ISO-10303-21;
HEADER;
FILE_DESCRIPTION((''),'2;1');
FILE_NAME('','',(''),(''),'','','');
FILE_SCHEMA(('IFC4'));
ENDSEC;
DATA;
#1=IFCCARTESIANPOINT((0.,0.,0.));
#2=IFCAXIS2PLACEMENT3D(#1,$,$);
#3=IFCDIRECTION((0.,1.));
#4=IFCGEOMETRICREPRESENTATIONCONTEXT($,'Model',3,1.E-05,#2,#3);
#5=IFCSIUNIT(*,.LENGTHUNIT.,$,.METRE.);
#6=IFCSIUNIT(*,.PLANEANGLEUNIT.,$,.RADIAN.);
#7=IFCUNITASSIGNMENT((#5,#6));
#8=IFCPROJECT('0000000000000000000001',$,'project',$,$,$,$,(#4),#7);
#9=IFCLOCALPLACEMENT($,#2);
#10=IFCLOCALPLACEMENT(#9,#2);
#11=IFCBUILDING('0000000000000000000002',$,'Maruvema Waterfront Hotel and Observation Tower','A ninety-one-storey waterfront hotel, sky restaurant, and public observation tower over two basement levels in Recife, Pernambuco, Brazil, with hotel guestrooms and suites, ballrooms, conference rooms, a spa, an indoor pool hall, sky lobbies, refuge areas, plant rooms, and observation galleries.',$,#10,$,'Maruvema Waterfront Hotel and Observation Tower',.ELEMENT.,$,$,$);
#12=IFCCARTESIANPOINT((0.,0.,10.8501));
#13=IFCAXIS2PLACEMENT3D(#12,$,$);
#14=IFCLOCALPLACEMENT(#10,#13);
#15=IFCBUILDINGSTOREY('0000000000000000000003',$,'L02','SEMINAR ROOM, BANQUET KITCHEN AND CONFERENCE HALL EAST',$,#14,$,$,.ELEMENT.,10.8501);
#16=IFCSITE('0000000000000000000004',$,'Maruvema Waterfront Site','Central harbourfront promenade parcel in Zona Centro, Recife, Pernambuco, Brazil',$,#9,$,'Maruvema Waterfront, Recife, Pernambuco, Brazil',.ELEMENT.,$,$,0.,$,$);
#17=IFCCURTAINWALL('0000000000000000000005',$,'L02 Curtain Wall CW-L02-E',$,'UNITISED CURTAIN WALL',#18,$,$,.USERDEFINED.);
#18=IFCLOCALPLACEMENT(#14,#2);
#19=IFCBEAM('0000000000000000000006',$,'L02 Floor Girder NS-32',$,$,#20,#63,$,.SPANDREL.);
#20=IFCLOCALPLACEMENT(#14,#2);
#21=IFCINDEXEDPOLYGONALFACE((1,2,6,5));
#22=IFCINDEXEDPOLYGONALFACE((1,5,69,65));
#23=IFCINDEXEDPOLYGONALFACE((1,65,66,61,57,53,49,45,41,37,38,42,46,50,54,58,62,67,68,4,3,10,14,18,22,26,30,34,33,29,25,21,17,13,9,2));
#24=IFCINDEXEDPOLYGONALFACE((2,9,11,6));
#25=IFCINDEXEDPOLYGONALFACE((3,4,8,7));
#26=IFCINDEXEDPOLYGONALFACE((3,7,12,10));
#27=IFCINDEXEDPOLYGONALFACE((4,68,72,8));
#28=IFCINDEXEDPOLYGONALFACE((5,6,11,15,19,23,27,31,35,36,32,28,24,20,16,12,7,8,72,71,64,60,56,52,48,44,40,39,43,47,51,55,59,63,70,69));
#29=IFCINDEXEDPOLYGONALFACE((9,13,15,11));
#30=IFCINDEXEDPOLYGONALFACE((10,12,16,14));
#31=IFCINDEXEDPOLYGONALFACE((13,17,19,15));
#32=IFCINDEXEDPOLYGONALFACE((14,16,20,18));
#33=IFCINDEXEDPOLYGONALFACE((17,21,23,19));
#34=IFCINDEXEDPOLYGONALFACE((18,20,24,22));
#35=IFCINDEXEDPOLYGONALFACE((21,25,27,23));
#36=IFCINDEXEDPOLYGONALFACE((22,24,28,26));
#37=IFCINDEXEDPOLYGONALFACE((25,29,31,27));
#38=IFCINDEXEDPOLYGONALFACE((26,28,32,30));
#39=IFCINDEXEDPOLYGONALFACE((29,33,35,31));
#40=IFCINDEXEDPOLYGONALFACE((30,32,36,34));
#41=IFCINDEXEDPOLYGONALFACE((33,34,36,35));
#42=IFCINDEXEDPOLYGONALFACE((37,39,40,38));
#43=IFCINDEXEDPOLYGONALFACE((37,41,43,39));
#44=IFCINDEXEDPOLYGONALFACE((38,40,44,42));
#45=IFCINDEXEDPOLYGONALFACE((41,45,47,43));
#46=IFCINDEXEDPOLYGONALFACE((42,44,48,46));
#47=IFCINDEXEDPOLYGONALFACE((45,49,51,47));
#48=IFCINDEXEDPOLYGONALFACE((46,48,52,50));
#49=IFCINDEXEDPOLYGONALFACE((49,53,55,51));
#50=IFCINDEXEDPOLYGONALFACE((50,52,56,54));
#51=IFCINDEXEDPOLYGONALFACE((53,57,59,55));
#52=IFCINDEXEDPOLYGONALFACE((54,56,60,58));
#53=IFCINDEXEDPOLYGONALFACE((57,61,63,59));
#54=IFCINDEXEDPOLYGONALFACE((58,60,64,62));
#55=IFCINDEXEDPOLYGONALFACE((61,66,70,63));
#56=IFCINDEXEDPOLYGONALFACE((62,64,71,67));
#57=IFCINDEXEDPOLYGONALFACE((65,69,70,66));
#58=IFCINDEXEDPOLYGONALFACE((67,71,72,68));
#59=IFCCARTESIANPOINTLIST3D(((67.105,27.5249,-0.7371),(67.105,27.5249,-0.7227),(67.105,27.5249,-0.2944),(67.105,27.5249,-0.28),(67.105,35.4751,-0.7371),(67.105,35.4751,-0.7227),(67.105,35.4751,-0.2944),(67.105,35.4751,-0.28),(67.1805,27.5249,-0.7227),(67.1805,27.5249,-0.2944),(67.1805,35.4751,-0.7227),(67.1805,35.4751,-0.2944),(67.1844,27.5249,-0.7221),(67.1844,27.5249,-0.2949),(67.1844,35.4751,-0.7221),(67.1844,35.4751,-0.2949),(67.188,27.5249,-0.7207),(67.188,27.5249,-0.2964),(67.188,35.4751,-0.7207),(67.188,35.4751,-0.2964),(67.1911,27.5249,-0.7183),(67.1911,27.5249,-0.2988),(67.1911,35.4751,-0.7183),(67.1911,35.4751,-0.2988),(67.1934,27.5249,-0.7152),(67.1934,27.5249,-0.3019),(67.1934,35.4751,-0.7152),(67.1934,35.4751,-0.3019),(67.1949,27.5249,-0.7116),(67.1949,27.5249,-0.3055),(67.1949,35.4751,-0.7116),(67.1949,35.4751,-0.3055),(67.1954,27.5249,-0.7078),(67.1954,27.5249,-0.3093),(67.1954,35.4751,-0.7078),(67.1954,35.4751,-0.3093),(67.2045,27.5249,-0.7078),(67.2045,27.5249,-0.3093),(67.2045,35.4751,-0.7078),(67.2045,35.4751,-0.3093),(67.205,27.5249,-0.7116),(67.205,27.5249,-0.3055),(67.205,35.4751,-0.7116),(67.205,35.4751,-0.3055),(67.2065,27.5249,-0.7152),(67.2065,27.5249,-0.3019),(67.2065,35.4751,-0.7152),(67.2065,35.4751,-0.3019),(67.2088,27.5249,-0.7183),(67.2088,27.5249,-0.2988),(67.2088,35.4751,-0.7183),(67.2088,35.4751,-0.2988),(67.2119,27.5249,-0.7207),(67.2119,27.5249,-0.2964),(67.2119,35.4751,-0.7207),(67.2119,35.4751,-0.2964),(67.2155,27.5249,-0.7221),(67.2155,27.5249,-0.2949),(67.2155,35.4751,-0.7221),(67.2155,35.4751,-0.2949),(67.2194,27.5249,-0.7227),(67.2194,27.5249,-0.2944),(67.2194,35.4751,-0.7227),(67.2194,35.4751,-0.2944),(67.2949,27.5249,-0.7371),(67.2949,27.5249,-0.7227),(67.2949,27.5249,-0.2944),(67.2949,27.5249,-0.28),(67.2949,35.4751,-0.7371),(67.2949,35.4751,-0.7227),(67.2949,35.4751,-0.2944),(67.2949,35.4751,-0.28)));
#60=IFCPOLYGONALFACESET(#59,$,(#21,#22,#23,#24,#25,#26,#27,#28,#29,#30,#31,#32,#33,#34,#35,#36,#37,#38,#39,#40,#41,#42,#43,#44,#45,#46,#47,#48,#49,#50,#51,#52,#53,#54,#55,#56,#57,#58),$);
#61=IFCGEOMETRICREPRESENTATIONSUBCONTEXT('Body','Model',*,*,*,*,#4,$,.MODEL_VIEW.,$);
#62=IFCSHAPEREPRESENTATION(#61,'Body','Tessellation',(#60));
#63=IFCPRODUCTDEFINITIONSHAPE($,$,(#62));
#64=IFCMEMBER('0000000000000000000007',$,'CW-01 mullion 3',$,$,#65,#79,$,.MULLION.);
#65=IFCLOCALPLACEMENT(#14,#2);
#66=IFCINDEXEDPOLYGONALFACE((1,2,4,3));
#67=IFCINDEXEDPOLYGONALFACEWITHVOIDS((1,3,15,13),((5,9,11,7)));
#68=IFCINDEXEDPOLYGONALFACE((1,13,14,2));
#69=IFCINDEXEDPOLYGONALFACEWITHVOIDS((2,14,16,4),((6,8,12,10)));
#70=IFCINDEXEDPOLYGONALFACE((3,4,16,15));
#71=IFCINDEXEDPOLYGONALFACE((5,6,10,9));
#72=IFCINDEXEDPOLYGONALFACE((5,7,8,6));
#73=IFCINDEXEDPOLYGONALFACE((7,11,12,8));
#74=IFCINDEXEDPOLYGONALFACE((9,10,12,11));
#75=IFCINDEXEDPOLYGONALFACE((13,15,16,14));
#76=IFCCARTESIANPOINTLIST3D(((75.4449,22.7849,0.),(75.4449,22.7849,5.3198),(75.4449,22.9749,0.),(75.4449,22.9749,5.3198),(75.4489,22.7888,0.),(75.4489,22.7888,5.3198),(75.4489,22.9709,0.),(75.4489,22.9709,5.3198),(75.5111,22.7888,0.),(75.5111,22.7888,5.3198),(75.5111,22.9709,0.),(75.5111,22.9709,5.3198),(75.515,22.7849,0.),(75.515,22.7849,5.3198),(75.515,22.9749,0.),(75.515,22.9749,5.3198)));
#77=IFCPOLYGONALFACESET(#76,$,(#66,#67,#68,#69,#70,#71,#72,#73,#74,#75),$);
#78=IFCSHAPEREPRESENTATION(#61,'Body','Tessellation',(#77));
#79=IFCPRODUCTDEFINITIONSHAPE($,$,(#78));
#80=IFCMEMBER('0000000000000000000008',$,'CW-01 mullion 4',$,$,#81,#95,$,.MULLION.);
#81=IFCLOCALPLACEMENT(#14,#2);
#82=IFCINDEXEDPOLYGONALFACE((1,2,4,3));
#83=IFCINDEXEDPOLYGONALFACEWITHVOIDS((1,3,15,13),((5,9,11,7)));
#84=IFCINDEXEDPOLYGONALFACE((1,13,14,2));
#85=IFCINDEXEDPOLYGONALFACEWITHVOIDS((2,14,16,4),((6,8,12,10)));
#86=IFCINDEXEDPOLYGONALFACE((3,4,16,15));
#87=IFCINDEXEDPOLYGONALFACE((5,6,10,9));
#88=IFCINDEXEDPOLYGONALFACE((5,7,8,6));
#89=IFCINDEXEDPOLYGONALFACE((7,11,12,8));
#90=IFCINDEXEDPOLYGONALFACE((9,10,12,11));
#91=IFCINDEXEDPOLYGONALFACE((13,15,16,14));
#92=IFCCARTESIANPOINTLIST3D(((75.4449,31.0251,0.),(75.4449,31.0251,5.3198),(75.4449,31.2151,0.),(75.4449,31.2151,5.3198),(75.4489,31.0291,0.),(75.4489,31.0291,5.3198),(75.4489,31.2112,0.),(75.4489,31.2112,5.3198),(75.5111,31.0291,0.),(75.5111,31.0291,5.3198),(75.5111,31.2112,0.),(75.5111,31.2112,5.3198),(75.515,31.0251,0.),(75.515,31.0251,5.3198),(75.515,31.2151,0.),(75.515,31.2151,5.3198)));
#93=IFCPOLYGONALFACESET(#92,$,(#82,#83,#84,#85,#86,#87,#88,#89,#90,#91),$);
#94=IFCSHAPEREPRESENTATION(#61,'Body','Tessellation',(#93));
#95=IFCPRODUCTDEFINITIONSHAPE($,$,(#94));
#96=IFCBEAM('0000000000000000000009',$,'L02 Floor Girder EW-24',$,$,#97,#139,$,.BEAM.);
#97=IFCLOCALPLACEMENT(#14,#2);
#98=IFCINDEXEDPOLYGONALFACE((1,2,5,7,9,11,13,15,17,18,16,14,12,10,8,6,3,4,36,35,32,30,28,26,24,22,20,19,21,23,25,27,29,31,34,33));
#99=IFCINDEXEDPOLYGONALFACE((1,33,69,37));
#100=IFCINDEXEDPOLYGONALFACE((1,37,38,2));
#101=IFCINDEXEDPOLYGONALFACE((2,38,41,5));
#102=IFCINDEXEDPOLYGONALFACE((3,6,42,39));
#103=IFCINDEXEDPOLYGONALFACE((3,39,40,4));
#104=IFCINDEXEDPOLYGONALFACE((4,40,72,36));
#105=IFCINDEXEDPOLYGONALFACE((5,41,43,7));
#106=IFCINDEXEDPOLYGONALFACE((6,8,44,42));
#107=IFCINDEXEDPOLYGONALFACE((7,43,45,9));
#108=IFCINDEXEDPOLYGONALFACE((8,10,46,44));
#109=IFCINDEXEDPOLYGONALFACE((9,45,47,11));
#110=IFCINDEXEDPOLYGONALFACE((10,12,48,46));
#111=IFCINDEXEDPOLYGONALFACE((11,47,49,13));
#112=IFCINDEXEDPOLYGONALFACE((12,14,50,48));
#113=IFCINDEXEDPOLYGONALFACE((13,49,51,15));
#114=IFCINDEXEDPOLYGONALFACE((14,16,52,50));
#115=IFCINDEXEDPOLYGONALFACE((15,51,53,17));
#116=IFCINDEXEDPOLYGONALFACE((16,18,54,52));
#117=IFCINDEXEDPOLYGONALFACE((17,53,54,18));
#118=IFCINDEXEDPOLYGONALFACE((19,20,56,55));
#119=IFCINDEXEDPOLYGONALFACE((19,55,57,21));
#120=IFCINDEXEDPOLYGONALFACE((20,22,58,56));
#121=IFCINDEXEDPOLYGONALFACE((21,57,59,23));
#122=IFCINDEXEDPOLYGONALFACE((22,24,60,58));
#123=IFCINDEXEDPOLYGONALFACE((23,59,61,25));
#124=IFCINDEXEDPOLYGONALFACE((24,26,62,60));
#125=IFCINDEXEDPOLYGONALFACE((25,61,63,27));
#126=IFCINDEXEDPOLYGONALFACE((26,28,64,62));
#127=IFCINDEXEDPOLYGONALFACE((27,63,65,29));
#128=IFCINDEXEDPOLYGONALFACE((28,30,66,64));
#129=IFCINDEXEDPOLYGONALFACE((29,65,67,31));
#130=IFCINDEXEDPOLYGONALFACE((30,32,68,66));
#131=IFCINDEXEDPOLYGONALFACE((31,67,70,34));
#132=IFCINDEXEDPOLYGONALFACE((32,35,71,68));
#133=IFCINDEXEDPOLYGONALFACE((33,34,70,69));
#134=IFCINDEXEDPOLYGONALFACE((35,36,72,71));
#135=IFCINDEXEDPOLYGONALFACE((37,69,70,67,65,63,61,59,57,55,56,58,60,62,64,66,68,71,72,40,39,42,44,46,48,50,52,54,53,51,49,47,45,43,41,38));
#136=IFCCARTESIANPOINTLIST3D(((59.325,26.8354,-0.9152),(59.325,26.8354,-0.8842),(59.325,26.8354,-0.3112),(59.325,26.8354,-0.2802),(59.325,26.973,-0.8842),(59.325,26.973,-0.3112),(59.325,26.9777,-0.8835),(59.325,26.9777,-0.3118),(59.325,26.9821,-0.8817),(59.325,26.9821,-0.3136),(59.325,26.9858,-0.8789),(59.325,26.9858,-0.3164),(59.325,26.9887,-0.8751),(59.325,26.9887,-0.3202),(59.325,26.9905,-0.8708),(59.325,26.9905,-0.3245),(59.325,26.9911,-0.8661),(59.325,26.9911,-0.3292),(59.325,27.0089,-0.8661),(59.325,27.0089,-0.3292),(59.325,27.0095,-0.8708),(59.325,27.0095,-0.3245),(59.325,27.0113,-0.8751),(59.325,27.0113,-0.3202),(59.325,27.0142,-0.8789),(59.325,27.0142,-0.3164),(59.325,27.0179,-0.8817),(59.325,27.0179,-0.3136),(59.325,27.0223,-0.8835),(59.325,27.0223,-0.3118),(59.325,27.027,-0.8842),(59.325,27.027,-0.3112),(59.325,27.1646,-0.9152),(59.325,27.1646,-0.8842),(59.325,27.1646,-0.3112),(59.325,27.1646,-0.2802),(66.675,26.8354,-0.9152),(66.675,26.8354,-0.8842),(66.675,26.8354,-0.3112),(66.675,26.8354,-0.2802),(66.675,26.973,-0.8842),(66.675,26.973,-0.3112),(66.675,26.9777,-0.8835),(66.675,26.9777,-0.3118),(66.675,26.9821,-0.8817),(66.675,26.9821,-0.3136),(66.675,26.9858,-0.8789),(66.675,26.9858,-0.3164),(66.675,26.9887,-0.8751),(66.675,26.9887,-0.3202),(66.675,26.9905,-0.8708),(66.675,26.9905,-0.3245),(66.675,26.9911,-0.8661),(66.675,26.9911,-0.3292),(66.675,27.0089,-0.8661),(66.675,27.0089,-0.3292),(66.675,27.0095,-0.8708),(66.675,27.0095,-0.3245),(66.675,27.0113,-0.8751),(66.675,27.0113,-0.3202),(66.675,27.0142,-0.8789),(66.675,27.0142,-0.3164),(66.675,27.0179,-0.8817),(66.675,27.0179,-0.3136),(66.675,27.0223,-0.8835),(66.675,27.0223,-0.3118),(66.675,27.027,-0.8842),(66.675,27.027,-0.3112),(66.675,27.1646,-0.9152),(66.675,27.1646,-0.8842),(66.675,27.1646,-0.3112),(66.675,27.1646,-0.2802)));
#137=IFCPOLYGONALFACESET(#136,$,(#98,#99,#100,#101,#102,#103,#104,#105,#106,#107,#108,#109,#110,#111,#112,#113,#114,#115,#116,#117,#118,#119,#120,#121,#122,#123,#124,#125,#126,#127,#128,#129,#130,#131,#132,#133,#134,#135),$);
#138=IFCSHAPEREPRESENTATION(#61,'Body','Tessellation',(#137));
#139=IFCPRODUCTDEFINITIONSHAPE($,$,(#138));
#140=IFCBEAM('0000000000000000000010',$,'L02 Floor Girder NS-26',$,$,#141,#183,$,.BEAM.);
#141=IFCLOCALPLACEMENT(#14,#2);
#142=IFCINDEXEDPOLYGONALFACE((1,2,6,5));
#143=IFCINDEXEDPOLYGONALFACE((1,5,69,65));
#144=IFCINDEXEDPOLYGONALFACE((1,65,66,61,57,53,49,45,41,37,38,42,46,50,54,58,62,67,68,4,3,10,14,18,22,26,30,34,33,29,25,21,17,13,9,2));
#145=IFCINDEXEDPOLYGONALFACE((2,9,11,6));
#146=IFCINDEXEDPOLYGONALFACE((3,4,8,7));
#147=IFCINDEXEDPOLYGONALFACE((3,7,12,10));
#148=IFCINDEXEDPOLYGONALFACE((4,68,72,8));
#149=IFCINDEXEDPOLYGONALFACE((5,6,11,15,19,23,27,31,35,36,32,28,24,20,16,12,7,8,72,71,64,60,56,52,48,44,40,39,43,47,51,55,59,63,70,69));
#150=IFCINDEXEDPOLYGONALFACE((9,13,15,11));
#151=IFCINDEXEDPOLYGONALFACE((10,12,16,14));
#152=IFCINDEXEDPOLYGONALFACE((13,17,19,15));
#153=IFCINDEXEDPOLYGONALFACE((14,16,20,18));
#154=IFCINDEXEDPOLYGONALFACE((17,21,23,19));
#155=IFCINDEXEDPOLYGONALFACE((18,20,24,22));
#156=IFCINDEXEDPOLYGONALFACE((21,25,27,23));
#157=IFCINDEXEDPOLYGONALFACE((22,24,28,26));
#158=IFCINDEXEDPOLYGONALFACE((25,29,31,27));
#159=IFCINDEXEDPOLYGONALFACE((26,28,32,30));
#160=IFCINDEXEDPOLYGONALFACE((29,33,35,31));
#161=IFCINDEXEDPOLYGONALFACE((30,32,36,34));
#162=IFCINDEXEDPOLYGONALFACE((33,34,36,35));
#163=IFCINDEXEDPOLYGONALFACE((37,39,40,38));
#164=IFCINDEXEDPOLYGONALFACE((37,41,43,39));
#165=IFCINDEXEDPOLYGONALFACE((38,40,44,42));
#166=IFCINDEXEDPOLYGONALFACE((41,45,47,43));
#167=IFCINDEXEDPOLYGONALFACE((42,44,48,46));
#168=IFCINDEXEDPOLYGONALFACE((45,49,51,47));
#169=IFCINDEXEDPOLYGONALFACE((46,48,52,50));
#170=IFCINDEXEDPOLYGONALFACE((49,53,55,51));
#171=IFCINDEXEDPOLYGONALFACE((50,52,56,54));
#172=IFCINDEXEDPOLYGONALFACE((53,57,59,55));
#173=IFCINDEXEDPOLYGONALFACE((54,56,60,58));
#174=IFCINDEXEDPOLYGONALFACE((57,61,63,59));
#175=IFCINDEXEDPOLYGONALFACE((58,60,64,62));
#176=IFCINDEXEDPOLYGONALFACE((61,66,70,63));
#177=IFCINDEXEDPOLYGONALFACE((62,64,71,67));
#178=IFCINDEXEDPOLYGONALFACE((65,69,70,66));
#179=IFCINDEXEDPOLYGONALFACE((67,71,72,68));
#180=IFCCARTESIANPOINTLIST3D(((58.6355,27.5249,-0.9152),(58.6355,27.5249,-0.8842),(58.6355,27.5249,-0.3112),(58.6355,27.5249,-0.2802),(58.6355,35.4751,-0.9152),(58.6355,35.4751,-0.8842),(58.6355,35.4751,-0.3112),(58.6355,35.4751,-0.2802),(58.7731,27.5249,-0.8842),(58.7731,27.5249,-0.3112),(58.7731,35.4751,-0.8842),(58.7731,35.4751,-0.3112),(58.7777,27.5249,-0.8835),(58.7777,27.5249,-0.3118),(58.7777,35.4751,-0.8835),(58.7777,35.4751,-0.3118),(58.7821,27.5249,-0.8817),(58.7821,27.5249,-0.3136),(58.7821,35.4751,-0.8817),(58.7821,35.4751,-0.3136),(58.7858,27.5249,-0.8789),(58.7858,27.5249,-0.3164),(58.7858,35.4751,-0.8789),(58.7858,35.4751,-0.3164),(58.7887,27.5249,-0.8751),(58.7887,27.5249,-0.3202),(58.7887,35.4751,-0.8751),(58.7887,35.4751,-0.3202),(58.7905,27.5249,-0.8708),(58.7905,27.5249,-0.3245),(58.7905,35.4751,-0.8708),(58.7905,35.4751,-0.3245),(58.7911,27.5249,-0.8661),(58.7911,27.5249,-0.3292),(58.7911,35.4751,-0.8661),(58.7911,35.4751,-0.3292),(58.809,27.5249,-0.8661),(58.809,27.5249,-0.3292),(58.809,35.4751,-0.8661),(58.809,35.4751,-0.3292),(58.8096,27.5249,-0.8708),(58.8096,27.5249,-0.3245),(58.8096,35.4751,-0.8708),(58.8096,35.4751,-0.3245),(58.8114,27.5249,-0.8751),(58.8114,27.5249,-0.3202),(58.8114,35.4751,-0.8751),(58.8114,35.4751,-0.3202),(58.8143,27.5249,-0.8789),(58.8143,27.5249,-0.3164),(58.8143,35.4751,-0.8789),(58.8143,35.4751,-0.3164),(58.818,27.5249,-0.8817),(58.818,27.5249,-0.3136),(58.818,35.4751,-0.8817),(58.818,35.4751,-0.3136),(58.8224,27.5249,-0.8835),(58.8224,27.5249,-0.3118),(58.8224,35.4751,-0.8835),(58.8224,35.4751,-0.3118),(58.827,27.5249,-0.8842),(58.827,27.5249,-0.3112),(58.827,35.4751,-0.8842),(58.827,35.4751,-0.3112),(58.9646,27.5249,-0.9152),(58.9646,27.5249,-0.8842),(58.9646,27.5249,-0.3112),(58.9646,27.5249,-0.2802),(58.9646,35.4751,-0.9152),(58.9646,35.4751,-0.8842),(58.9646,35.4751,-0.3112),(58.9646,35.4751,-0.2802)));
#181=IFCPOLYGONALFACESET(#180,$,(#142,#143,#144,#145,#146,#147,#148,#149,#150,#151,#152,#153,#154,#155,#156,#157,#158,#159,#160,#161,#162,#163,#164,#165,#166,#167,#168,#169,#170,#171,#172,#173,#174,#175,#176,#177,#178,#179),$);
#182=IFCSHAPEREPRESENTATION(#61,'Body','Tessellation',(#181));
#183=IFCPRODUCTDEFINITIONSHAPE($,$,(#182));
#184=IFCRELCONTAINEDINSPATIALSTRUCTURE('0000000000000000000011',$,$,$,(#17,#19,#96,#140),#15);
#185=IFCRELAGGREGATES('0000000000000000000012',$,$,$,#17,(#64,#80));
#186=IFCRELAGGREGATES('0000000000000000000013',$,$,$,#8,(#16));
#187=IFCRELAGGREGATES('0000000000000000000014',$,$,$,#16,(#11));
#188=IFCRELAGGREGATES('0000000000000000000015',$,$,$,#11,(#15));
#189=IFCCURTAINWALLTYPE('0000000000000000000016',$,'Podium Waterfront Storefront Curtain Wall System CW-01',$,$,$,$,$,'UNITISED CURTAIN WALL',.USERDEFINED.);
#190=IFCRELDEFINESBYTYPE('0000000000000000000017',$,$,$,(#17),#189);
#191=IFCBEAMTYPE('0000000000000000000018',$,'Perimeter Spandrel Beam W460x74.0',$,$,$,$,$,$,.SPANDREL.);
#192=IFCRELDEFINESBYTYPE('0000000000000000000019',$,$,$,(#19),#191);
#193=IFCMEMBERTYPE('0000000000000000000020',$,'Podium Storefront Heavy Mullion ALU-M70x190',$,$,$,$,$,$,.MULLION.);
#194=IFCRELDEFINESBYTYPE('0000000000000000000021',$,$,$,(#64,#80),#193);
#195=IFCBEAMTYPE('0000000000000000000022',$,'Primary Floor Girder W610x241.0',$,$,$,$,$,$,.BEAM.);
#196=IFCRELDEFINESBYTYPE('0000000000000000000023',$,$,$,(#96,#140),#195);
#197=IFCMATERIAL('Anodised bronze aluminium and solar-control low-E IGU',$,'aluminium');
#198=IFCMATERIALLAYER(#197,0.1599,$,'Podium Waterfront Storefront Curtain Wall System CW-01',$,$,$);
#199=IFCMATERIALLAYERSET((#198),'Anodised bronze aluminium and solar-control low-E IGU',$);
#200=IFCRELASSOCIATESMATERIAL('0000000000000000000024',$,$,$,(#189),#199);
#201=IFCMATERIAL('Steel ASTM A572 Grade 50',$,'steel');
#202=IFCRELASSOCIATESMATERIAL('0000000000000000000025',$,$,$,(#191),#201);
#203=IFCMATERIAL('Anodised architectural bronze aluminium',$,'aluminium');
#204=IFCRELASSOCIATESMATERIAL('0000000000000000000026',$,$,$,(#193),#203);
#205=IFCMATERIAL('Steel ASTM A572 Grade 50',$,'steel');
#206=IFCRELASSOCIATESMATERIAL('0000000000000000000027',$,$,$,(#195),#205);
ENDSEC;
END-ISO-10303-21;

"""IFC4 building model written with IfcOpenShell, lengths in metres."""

from ifc_helpers import new_model, si_unit, direction, frame, origin, origin_2d, place, context, subcontext, project, spatial, hollow_rectangle, i_section, extrude, material, layer, layer_set, material_profile, profile_set, type_object, element, aggregate, save


model = new_model("IFC4")

# Units and contexts
model_context = context("Model", 3, precision=1e-05, world=origin(), true_north=direction((0.0, 1.0)))
body_context = subcontext(model_context, "Body", "Model", "MODEL_VIEW")
ifc_project = project(units=[si_unit("LENGTHUNIT", "METRE"), si_unit("PLANEANGLEUNIT", "RADIAN")], contexts=[model_context])

# Site, building, storey
site_placement = place(None, origin())
site = spatial("IfcSite", under=ifc_project, at=site_placement, Name="Maruvema Waterfront Site", Description="Central harbourfront promenade parcel in Zona Centro, Recife, Pernambuco, Brazil", LongName="Maruvema Waterfront, Recife, Pernambuco, Brazil", CompositionType="ELEMENT", RefElevation=0.0)
building_placement = place(site_placement, origin())
building = spatial("IfcBuilding", under=site, at=building_placement, Name="Maruvema Waterfront Hotel and Observation Tower", Description="A ninety-one-storey waterfront hotel, sky restaurant, and public observation tower over two basement levels in Recife, Pernambuco, Brazil, with hotel guestrooms and suites, ballrooms, conference rooms, a spa, an indoor pool hall, sky lobbies, refuge areas, plant rooms, and observation galleries.", LongName="Maruvema Waterfront Hotel and Observation Tower", CompositionType="ELEMENT")
storey_placement = place(building_placement, frame((0.0, 0.0, 10.8501)))
storey = spatial("IfcBuildingStorey", under=building, at=storey_placement, Name="L02", Description="SEMINAR ROOM, BANQUET KITCHEN AND CONFERENCE HALL EAST", CompositionType="ELEMENT", Elevation=10.8501)

# Curtain wall
ifc_material_1 = material(Name="Anodised bronze aluminium and solar-control low-E IGU", Category="aluminium")
ifc_layer_1 = layer(ifc_material_1, 0.1599, Name="Podium Waterfront Storefront Curtain Wall System CW-01")
ifc_layer_set_1 = layer_set([ifc_layer_1], Name="Anodised bronze aluminium and solar-control low-E IGU")
curtain_wall_type = type_object("IfcCurtainWallType", Name="Podium Waterfront Storefront Curtain Wall System CW-01", ElementType="UNITISED CURTAIN WALL", PredefinedType="USERDEFINED", material=ifc_layer_set_1)
curtain_wall_placement = place(storey_placement, origin())
curtain_wall = element("IfcCurtainWall", 1, at=curtain_wall_placement, inside=storey, type_object=curtain_wall_type, Name="L02 Curtain Wall CW-L02-E", ObjectType="UNITISED CURTAIN WALL", PredefinedType="USERDEFINED")

# Beam
ifc_material_2 = material(Name="Steel ASTM A572 Grade 50", Category="steel")
ifc_material_profile_1 = material_profile(ifc_material_2, i_section(OverallWidth=0.1899, OverallDepth=0.457, WebThickness=0.009, FlangeThickness=0.0144, FilletRadius=0.0149, at=origin_2d()), Name="W460x74.0")
ifc_profile_set_1 = profile_set([ifc_material_profile_1], Name="Steel ASTM A572 Grade 50")
beam_type_1 = type_object("IfcBeamType", Name="Perimeter Spandrel Beam W460x74.0", PredefinedType="SPANDREL", material=ifc_profile_set_1)
for number, where, z_axis, x_axis, name in (
    (2, (67.2, 27.5249, -0.5085), (0.0, 1.0, 0.0), (-1.0, 0.0, 0.0), "L02 Floor Girder NS-32"),
):
    element("IfcBeam", number, at=place(storey_placement, frame(where, z_axis=z_axis, x_axis=x_axis)), inside=storey, type_object=beam_type_1, Name=name, PredefinedType="SPANDREL", context=body_context, shape_type="SweptSolid", body=[
        extrude(i_section(OverallWidth=0.1899, OverallDepth=0.457, WebThickness=0.009, FlangeThickness=0.0144, FilletRadius=0.0149, at=origin_2d()), origin(), (0.0, 0.0, 1.0), 7.9502),
    ])

# Members
ifc_material_3 = material(Name="Anodised architectural bronze aluminium", Category="aluminium")
ifc_material_profile_2 = material_profile(ifc_material_3, hollow_rectangle(XDim=0.0701, YDim=0.1899, WallThickness=0.0039, at=origin_2d()), Name="ALU-M70x190")
ifc_profile_set_2 = profile_set([ifc_material_profile_2], Name="Anodised architectural bronze aluminium")
member_type_1 = type_object("IfcMemberType", Name="Podium Storefront Heavy Mullion ALU-M70x190", PredefinedType="MULLION", material=ifc_profile_set_2)
member_1_placement = place(storey_placement, frame((75.48, 22.8799, 0.0), z_axis=(0.0, 0.0, 1.0), x_axis=(-1.0, 0.0, 0.0)))
member_1 = element("IfcMember", 3, at=member_1_placement, type_object=member_type_1, Name="CW-01 mullion 3", PredefinedType="MULLION", context=body_context, shape_type="SweptSolid", body=[
    extrude(hollow_rectangle(XDim=0.0701, YDim=0.1899, WallThickness=0.0039, at=origin_2d()), origin(), (0.0, 0.0, 1.0), 5.3198),
])
member_2_placement = place(storey_placement, frame((75.48, 31.1201, 0.0), z_axis=(0.0, 0.0, 1.0), x_axis=(-1.0, 0.0, 0.0)))
member_2 = element("IfcMember", 4, at=member_2_placement, type_object=member_type_1, Name="CW-01 mullion 4", PredefinedType="MULLION", context=body_context, shape_type="SweptSolid", body=[
    extrude(hollow_rectangle(XDim=0.0701, YDim=0.1899, WallThickness=0.0039, at=origin_2d()), origin(), (0.0, 0.0, 1.0), 5.3198),
])

# Beams
ifc_material_4 = material(Name="Steel ASTM A572 Grade 50", Category="steel")
ifc_material_profile_3 = material_profile(ifc_material_4, i_section(OverallWidth=0.3291, OverallDepth=0.635, WebThickness=0.0178, FlangeThickness=0.031, FilletRadius=0.0181, at=origin_2d()), Name="W610x241.0")
ifc_profile_set_3 = profile_set([ifc_material_profile_3], Name="Steel ASTM A572 Grade 50")
beam_type_2 = type_object("IfcBeamType", Name="Primary Floor Girder W610x241.0", PredefinedType="BEAM", material=ifc_profile_set_3)
beam_1_placement = place(storey_placement, frame((59.325, 27.0, -0.5977), z_axis=(1.0, 0.0, 0.0), x_axis=(0.0, 1.0, 0.0)))
element("IfcBeam", 5, at=beam_1_placement, inside=storey, type_object=beam_type_2, Name="L02 Floor Girder EW-24", PredefinedType="BEAM", context=body_context, shape_type="SweptSolid", body=[
    extrude(i_section(OverallWidth=0.3291, OverallDepth=0.635, WebThickness=0.0178, FlangeThickness=0.031, FilletRadius=0.0181, at=origin_2d()), origin(), (0.0, 0.0, 1.0), 7.3501),
])
beam_2_placement = place(storey_placement, frame((58.8, 27.5249, -0.5977), z_axis=(0.0, 1.0, 0.0), x_axis=(-1.0, 0.0, 0.0)))
element("IfcBeam", 6, at=beam_2_placement, inside=storey, type_object=beam_type_2, Name="L02 Floor Girder NS-26", PredefinedType="BEAM", context=body_context, shape_type="SweptSolid", body=[
    extrude(i_section(OverallWidth=0.3291, OverallDepth=0.635, WebThickness=0.0178, FlangeThickness=0.031, FilletRadius=0.0181, at=origin_2d()), origin(), (0.0, 0.0, 1.0), 7.9502),
])

aggregate(curtain_wall, [member_1, member_2])

save(model, "model.ifc")
